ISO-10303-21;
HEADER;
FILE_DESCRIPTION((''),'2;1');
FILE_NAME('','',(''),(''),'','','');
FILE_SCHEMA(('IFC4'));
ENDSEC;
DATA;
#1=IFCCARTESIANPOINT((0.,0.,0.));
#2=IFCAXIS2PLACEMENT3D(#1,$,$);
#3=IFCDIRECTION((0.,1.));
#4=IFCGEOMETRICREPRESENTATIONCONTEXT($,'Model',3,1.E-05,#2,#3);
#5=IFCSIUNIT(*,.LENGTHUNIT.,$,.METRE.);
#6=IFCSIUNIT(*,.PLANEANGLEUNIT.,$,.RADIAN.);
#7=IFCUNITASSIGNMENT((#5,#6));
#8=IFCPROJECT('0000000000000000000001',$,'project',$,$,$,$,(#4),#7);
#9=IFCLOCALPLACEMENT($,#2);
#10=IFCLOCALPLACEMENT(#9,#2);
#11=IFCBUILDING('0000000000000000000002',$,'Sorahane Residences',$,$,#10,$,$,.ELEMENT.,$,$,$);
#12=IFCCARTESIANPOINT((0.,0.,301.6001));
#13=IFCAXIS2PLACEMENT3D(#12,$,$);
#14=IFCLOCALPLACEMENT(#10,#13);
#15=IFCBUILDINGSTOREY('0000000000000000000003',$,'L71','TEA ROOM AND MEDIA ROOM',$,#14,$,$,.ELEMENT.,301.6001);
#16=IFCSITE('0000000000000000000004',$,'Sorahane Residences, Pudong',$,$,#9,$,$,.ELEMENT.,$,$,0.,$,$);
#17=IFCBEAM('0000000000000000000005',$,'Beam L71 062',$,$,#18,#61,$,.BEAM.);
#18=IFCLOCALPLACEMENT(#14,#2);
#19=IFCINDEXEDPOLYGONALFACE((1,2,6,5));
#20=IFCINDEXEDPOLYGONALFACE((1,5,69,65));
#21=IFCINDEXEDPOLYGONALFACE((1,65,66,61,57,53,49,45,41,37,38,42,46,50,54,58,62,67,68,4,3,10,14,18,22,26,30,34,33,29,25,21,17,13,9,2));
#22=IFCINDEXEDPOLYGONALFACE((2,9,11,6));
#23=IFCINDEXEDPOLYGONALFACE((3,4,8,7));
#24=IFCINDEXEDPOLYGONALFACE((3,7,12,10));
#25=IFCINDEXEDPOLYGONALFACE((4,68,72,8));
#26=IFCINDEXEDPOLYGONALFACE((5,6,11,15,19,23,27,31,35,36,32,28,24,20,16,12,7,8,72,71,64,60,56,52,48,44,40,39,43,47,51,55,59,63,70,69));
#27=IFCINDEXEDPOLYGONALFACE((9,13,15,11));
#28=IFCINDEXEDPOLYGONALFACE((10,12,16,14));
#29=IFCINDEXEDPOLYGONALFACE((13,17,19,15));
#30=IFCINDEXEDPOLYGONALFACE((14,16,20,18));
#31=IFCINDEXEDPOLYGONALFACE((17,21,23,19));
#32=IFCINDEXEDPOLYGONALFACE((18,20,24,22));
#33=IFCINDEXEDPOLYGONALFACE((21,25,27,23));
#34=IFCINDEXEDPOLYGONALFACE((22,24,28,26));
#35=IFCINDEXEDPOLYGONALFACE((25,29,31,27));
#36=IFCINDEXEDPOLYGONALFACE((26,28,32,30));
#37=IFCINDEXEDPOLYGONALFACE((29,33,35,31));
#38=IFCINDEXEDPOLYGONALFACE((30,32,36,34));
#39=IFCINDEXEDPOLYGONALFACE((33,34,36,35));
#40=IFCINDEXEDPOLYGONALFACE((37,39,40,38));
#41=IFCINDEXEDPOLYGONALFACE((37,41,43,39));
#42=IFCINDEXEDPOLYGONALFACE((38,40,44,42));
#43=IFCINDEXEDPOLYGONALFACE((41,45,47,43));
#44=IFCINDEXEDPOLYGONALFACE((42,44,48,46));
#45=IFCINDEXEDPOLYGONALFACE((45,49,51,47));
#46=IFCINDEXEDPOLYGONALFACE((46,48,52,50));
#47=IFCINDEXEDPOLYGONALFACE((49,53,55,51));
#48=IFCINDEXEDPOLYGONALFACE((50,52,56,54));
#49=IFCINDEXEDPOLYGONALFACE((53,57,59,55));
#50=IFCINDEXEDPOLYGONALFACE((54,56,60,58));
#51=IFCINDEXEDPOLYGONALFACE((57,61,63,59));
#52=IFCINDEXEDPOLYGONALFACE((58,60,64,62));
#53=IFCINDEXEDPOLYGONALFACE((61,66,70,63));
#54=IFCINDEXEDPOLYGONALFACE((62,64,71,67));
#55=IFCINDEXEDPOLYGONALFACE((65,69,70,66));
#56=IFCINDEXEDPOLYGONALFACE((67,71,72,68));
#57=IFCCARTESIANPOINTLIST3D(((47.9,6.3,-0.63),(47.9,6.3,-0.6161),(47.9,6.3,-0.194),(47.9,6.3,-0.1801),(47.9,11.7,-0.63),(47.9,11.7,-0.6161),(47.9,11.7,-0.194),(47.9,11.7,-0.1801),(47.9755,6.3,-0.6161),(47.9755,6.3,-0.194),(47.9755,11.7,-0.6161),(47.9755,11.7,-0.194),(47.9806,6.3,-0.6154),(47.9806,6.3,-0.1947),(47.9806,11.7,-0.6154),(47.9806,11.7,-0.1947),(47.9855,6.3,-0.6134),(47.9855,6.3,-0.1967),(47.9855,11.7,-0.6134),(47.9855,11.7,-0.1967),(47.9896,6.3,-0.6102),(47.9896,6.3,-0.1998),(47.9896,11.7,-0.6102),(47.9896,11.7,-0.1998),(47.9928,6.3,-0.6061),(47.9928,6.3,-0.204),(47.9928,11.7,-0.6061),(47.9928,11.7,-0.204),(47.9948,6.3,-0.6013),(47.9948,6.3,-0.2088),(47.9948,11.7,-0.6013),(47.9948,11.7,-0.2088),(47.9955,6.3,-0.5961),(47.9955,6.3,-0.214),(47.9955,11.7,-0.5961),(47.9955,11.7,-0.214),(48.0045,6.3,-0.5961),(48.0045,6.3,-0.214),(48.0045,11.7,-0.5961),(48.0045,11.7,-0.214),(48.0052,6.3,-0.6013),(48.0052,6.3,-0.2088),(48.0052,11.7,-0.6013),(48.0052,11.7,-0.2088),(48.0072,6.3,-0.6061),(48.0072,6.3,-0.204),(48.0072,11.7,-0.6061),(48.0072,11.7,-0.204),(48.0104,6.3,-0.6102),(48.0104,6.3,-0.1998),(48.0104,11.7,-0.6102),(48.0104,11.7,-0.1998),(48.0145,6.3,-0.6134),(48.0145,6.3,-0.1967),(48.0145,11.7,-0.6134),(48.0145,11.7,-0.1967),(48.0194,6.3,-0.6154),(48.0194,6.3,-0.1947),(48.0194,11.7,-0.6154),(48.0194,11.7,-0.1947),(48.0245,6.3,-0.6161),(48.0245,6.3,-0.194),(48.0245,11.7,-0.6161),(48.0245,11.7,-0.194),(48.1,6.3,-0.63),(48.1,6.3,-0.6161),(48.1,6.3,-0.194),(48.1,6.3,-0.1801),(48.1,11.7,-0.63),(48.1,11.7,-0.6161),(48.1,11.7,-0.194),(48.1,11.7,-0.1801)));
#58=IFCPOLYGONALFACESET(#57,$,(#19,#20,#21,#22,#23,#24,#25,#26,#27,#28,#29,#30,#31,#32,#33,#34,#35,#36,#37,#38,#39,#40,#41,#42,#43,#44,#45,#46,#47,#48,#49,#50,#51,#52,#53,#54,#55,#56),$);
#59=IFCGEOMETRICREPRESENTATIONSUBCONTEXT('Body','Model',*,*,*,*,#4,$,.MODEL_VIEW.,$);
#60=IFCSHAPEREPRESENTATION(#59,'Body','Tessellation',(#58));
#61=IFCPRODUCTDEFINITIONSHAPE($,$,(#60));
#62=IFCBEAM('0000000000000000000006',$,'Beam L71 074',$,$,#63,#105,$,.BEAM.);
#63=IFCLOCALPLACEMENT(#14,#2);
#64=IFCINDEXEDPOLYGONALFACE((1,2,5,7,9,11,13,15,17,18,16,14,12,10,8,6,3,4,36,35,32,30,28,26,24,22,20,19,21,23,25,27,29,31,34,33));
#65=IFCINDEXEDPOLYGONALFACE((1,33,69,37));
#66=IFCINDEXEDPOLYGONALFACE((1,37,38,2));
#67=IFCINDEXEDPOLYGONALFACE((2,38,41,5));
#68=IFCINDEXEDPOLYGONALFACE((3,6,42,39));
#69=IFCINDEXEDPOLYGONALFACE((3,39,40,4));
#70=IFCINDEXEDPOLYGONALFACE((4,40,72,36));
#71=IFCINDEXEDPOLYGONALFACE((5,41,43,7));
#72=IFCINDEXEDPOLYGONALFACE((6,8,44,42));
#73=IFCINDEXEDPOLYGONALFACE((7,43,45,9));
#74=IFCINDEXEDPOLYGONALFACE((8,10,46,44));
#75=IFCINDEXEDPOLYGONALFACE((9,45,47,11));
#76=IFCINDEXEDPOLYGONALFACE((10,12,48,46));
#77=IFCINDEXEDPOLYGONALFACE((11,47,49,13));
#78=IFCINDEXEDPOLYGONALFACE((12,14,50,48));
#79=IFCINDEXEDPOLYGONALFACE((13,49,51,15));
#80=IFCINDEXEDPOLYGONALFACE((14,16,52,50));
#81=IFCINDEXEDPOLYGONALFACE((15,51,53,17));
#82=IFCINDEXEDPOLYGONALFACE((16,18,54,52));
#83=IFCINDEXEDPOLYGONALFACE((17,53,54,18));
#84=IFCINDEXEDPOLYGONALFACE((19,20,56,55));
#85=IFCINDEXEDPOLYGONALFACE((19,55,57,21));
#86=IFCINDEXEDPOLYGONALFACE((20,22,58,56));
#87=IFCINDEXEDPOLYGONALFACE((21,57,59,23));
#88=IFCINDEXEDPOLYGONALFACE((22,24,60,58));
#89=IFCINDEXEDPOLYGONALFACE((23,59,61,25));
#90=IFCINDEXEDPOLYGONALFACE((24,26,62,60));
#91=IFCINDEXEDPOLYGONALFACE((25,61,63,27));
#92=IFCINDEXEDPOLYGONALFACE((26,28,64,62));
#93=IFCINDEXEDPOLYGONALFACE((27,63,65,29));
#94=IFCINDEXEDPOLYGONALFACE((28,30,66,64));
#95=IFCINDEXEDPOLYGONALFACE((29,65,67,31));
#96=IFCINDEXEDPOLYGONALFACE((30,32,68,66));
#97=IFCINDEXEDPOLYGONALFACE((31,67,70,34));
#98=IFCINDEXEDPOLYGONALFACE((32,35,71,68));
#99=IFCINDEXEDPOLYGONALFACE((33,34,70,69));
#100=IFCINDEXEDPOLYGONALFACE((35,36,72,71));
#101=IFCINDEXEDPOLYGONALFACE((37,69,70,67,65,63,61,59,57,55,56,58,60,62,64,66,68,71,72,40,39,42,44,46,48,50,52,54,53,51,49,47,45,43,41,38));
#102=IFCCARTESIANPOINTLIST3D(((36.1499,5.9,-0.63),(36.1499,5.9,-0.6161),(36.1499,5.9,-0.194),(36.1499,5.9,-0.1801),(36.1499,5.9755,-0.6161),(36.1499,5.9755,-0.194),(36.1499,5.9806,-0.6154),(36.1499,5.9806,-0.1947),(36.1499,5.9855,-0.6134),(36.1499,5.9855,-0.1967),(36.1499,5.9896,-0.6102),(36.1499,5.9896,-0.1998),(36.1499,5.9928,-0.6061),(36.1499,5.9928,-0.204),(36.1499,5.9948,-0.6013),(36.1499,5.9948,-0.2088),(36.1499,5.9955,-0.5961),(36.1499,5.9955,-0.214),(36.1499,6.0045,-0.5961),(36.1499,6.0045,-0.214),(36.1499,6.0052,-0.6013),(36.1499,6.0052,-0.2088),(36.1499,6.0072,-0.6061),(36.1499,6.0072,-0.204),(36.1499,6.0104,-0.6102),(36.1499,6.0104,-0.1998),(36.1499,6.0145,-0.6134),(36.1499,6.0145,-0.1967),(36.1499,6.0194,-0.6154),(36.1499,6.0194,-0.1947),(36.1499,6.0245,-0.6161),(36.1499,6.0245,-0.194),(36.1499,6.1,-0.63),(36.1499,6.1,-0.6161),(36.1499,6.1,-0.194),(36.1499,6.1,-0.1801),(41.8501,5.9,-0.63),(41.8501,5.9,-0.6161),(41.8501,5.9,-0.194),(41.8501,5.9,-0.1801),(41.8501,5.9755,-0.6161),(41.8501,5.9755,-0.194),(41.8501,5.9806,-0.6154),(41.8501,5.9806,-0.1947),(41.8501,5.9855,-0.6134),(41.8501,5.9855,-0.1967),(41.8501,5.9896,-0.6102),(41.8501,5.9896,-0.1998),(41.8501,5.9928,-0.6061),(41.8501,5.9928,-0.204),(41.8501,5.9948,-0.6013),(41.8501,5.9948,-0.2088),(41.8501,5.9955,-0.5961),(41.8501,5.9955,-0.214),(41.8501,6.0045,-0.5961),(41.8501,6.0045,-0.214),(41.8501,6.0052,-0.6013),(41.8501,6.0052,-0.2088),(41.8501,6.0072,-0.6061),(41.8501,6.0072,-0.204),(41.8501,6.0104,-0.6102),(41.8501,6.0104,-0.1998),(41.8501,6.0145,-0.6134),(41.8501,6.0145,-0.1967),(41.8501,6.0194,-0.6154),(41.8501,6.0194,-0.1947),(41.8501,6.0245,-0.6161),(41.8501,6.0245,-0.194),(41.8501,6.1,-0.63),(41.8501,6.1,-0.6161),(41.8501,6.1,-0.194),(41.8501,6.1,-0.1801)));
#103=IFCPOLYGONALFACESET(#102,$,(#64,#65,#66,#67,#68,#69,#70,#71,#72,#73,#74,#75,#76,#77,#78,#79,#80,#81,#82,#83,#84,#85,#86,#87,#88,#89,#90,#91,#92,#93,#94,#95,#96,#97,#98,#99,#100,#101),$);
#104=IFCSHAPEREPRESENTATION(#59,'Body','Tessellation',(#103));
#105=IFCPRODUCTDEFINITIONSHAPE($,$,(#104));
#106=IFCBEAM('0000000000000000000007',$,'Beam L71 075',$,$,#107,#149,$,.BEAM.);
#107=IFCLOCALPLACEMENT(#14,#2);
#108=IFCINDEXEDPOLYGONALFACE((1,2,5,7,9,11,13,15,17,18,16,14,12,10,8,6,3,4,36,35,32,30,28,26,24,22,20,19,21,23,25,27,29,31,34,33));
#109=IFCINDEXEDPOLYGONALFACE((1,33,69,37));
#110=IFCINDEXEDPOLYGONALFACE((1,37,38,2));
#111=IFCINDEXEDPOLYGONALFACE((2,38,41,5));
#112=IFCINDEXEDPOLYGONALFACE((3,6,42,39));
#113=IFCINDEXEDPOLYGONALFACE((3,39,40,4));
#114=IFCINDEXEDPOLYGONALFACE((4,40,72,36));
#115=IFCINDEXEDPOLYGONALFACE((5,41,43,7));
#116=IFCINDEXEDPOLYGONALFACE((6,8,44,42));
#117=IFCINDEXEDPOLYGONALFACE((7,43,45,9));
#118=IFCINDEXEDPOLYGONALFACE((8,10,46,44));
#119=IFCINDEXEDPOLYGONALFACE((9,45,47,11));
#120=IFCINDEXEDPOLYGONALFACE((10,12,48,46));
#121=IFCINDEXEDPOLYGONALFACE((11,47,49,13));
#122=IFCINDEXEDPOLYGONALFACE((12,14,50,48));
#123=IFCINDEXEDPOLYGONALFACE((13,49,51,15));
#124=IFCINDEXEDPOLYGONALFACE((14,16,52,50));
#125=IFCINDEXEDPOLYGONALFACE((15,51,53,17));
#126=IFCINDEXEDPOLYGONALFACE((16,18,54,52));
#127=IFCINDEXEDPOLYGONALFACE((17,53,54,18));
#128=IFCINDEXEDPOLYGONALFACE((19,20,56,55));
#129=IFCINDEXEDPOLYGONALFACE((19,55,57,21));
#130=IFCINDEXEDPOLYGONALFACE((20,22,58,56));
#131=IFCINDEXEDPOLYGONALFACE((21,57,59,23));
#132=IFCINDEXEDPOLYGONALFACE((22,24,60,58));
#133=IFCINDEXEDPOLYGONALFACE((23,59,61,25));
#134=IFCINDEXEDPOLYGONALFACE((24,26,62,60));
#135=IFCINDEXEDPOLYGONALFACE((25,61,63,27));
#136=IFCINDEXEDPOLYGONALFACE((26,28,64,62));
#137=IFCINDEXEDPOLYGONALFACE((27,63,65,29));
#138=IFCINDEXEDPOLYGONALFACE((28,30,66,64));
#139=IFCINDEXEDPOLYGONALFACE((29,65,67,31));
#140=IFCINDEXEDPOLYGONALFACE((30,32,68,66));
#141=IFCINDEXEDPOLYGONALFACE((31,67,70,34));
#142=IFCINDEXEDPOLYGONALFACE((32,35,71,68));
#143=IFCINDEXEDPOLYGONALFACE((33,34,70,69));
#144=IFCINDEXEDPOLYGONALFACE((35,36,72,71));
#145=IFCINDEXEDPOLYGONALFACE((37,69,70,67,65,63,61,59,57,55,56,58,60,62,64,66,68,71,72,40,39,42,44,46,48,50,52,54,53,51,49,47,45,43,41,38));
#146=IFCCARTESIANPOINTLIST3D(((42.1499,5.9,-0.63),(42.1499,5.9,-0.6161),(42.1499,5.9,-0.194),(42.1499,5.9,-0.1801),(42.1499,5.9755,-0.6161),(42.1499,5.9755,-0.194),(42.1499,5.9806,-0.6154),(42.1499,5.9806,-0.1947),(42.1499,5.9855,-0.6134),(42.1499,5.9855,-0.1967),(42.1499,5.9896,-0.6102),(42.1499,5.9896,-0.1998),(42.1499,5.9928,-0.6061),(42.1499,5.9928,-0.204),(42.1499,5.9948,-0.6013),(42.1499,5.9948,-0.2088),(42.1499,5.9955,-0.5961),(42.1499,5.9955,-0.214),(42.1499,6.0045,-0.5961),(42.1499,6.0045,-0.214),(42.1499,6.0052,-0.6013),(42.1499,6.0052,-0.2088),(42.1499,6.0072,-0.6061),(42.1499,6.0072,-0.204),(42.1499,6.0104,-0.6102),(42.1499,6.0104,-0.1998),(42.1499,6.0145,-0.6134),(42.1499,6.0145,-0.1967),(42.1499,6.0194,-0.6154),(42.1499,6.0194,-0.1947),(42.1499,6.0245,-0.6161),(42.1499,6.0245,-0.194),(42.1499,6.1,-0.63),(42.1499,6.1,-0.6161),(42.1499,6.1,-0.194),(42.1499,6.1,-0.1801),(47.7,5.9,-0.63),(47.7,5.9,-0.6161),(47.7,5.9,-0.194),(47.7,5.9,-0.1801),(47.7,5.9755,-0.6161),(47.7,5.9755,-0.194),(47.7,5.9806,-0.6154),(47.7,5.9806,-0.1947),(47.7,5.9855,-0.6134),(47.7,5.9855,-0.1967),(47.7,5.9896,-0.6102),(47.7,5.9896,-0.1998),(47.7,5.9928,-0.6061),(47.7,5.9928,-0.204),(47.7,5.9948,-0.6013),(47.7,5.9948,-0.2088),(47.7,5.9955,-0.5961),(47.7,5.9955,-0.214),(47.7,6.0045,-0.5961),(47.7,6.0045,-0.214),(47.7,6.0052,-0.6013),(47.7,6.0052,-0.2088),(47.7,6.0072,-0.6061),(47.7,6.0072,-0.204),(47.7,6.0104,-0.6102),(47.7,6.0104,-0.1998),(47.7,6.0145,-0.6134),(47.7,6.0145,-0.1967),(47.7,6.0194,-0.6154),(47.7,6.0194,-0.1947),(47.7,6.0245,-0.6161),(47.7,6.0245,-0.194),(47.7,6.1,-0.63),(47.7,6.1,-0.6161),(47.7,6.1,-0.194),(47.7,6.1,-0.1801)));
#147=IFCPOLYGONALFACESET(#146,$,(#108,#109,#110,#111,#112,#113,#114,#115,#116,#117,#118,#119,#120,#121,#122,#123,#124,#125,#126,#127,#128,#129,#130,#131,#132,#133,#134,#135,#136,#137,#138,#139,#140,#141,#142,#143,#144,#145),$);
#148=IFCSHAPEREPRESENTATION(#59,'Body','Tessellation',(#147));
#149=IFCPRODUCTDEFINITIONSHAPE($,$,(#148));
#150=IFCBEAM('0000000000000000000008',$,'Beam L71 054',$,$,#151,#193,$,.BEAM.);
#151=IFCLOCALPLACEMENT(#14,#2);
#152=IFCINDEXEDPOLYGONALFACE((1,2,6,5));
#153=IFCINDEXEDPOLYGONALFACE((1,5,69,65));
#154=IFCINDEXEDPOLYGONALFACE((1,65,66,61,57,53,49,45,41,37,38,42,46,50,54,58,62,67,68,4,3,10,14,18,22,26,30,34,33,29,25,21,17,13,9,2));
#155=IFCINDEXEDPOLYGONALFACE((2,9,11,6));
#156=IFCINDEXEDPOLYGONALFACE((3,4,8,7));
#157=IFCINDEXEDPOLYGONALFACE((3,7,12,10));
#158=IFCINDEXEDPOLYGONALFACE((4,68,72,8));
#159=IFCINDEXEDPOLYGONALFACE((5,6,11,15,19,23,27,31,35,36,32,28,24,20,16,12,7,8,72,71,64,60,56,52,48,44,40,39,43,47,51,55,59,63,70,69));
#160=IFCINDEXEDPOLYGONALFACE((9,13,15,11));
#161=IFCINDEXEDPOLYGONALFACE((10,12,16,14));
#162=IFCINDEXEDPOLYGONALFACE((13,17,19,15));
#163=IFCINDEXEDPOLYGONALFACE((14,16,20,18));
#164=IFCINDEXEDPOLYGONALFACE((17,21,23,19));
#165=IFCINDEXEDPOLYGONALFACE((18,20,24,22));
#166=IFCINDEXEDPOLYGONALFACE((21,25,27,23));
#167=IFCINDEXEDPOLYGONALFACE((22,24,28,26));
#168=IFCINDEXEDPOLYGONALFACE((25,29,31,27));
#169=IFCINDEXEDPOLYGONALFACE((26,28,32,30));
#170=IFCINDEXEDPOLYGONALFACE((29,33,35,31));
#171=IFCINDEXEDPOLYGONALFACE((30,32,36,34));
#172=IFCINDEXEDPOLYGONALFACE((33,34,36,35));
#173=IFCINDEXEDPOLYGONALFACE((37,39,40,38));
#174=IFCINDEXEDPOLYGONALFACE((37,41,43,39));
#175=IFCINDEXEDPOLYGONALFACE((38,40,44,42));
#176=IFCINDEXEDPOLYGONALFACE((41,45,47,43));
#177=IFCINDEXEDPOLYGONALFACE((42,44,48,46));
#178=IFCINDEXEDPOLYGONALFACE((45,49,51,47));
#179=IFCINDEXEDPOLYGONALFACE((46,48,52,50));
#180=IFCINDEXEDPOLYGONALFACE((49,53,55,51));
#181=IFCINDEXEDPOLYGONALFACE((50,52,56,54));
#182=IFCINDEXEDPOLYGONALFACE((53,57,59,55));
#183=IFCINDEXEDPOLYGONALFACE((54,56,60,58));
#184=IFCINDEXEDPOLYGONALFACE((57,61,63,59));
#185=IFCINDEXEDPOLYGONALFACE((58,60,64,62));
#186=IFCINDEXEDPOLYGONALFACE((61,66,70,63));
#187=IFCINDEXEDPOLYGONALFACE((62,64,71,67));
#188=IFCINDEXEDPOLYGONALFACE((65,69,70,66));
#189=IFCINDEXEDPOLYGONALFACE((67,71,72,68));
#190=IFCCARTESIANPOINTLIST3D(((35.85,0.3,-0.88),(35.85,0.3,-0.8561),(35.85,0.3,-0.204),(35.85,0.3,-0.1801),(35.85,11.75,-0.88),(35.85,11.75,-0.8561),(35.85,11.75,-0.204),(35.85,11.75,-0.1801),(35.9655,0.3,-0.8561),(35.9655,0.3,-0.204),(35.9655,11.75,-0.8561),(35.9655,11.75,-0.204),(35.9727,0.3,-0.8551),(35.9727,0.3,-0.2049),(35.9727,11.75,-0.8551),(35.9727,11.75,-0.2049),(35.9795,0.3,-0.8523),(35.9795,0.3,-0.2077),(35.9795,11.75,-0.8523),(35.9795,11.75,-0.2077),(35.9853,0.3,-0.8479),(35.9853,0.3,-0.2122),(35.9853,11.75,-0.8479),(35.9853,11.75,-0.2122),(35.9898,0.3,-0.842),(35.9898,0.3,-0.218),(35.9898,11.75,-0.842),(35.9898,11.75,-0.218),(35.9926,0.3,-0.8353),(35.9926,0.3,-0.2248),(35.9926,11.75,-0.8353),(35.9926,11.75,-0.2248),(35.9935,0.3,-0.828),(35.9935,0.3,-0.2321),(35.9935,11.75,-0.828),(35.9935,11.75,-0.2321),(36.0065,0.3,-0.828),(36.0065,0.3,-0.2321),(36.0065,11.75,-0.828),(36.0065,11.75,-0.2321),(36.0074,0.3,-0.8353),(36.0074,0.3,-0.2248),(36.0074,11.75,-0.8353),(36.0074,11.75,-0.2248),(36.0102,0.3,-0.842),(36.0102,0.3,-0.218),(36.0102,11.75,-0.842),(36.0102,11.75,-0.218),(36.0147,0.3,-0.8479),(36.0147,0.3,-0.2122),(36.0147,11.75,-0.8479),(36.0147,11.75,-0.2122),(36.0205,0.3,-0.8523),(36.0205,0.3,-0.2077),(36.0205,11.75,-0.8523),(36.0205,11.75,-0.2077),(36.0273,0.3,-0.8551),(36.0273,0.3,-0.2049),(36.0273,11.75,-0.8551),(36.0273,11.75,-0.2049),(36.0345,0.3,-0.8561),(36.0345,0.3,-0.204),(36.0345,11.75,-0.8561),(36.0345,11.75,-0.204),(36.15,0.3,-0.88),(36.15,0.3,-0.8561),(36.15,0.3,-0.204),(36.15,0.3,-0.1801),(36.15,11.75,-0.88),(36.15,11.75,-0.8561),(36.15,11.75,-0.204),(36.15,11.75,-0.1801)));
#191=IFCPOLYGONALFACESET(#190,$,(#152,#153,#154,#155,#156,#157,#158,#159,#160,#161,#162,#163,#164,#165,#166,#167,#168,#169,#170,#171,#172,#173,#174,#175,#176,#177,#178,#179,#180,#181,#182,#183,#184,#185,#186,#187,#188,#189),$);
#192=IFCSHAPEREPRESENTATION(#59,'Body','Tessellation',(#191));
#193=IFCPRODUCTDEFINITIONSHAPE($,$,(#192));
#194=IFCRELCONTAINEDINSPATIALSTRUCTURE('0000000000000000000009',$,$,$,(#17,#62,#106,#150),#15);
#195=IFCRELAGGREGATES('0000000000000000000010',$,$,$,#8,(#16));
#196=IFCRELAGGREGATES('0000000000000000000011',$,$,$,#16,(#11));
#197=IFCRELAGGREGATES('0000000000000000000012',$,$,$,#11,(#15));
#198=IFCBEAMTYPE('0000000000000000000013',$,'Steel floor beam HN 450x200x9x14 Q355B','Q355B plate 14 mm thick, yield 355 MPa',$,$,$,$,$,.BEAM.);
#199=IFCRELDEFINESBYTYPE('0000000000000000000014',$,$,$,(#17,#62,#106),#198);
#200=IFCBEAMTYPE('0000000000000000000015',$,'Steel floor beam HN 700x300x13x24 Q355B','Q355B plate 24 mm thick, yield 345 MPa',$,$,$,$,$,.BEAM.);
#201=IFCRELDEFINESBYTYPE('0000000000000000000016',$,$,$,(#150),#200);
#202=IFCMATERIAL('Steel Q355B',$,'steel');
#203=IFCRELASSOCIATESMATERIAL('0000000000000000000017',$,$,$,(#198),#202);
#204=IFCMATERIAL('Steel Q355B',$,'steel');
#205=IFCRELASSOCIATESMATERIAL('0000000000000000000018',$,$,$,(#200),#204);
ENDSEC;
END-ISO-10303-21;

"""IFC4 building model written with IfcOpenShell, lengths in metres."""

from ifc_helpers import new_model, si_unit, direction, frame, origin, origin_2d, place, context, subcontext, project, spatial, i_section, extrude, material, material_profile, profile_set, type_object, element, save


model = new_model("IFC4")

# Units and contexts
model_context = context("Model", 3, precision=1e-05, world=origin(), true_north=direction((0.0, 1.0)))
body_context = subcontext(model_context, "Body", "Model", "MODEL_VIEW")
ifc_project = project(units=[si_unit("LENGTHUNIT", "METRE"), si_unit("PLANEANGLEUNIT", "RADIAN")], contexts=[model_context])

# Site, building, storey
site_placement = place(None, origin())
site = spatial("IfcSite", under=ifc_project, at=site_placement, Name="Sorahane Residences, Pudong", CompositionType="ELEMENT", RefElevation=0.0)
building_placement = place(site_placement, origin())
building = spatial("IfcBuilding", under=site, at=building_placement, Name="Sorahane Residences", CompositionType="ELEMENT")
storey_placement = place(building_placement, frame((0.0, 0.0, 301.6001)))
storey = spatial("IfcBuildingStorey", under=building, at=storey_placement, Name="L71", Description="TEA ROOM AND MEDIA ROOM", CompositionType="ELEMENT", Elevation=301.6001)

# Beams
ifc_material_1 = material(Name="Steel Q355B", Category="steel")
ifc_material_profile_1 = material_profile(ifc_material_1, i_section(OverallWidth=0.2, OverallDepth=0.45, WebThickness=0.009, FlangeThickness=0.0139, FilletRadius=0.02, at=origin_2d()), Name="HN 450x200x9x14")
ifc_profile_set_1 = profile_set([ifc_material_profile_1], Name="Steel Q355B")
beam_type_1 = type_object("IfcBeamType", Name="Steel floor beam HN 450x200x9x14 Q355B", Description="Q355B plate 14 mm thick, yield 355 MPa", PredefinedType="BEAM", material=ifc_profile_set_1)
for number, where, z_axis, x_axis, name in (
    (1, (48.0, 6.3, -0.405), (0.0, 1.0, 0.0), (-1.0, 0.0, 0.0), "Beam L71 062"),
):
    element("IfcBeam", number, at=place(storey_placement, frame(where, z_axis=z_axis, x_axis=x_axis)), inside=storey, type_object=beam_type_1, Name=name, PredefinedType="BEAM", context=body_context, shape_type="SweptSolid", body=[
        extrude(i_section(OverallWidth=0.2, OverallDepth=0.45, WebThickness=0.009, FlangeThickness=0.0139, FilletRadius=0.02, at=origin_2d()), origin(), (0.0, 0.0, 1.0), 5.3999),
    ])
beam_1_placement = place(storey_placement, frame((36.1499, 6.0, -0.405), z_axis=(1.0, 0.0, 0.0), x_axis=(0.0, 1.0, 0.0)))
element("IfcBeam", 2, at=beam_1_placement, inside=storey, type_object=beam_type_1, Name="Beam L71 074", PredefinedType="BEAM", context=body_context, shape_type="SweptSolid", body=[
    extrude(i_section(OverallWidth=0.2, OverallDepth=0.45, WebThickness=0.009, FlangeThickness=0.0139, FilletRadius=0.02, at=origin_2d()), origin(), (0.0, 0.0, 1.0), 5.7002),
])
beam_2_placement = place(storey_placement, frame((42.1499, 6.0, -0.405), z_axis=(1.0, 0.0, 0.0), x_axis=(0.0, 1.0, 0.0)))
element("IfcBeam", 3, at=beam_2_placement, inside=storey, type_object=beam_type_1, Name="Beam L71 075", PredefinedType="BEAM", context=body_context, shape_type="SweptSolid", body=[
    extrude(i_section(OverallWidth=0.2, OverallDepth=0.45, WebThickness=0.009, FlangeThickness=0.0139, FilletRadius=0.02, at=origin_2d()), origin(), (0.0, 0.0, 1.0), 5.55),
])
ifc_material_2 = material(Name="Steel Q355B", Category="steel")
ifc_material_profile_2 = material_profile(ifc_material_2, i_section(OverallWidth=0.3, OverallDepth=0.7, WebThickness=0.0129, FlangeThickness=0.0239, FilletRadius=0.0281, at=origin_2d()), Name="HN 700x300x13x24")
ifc_profile_set_2 = profile_set([ifc_material_profile_2], Name="Steel Q355B")
beam_type_2 = type_object("IfcBeamType", Name="Steel floor beam HN 700x300x13x24 Q355B", Description="Q355B plate 24 mm thick, yield 345 MPa", PredefinedType="BEAM", material=ifc_profile_set_2)
beam_3_placement = place(storey_placement, frame((36.0, 0.3, -0.53), z_axis=(0.0, 1.0, 0.0), x_axis=(-1.0, 0.0, 0.0)))
element("IfcBeam", 4, at=beam_3_placement, inside=storey, type_object=beam_type_2, Name="Beam L71 054", PredefinedType="BEAM", context=body_context, shape_type="SweptSolid", body=[
    extrude(i_section(OverallWidth=0.3, OverallDepth=0.7, WebThickness=0.0129, FlangeThickness=0.0239, FilletRadius=0.0281, at=origin_2d()), origin(), (0.0, 0.0, 1.0), 11.45),
])

save(model, "model.ifc")
